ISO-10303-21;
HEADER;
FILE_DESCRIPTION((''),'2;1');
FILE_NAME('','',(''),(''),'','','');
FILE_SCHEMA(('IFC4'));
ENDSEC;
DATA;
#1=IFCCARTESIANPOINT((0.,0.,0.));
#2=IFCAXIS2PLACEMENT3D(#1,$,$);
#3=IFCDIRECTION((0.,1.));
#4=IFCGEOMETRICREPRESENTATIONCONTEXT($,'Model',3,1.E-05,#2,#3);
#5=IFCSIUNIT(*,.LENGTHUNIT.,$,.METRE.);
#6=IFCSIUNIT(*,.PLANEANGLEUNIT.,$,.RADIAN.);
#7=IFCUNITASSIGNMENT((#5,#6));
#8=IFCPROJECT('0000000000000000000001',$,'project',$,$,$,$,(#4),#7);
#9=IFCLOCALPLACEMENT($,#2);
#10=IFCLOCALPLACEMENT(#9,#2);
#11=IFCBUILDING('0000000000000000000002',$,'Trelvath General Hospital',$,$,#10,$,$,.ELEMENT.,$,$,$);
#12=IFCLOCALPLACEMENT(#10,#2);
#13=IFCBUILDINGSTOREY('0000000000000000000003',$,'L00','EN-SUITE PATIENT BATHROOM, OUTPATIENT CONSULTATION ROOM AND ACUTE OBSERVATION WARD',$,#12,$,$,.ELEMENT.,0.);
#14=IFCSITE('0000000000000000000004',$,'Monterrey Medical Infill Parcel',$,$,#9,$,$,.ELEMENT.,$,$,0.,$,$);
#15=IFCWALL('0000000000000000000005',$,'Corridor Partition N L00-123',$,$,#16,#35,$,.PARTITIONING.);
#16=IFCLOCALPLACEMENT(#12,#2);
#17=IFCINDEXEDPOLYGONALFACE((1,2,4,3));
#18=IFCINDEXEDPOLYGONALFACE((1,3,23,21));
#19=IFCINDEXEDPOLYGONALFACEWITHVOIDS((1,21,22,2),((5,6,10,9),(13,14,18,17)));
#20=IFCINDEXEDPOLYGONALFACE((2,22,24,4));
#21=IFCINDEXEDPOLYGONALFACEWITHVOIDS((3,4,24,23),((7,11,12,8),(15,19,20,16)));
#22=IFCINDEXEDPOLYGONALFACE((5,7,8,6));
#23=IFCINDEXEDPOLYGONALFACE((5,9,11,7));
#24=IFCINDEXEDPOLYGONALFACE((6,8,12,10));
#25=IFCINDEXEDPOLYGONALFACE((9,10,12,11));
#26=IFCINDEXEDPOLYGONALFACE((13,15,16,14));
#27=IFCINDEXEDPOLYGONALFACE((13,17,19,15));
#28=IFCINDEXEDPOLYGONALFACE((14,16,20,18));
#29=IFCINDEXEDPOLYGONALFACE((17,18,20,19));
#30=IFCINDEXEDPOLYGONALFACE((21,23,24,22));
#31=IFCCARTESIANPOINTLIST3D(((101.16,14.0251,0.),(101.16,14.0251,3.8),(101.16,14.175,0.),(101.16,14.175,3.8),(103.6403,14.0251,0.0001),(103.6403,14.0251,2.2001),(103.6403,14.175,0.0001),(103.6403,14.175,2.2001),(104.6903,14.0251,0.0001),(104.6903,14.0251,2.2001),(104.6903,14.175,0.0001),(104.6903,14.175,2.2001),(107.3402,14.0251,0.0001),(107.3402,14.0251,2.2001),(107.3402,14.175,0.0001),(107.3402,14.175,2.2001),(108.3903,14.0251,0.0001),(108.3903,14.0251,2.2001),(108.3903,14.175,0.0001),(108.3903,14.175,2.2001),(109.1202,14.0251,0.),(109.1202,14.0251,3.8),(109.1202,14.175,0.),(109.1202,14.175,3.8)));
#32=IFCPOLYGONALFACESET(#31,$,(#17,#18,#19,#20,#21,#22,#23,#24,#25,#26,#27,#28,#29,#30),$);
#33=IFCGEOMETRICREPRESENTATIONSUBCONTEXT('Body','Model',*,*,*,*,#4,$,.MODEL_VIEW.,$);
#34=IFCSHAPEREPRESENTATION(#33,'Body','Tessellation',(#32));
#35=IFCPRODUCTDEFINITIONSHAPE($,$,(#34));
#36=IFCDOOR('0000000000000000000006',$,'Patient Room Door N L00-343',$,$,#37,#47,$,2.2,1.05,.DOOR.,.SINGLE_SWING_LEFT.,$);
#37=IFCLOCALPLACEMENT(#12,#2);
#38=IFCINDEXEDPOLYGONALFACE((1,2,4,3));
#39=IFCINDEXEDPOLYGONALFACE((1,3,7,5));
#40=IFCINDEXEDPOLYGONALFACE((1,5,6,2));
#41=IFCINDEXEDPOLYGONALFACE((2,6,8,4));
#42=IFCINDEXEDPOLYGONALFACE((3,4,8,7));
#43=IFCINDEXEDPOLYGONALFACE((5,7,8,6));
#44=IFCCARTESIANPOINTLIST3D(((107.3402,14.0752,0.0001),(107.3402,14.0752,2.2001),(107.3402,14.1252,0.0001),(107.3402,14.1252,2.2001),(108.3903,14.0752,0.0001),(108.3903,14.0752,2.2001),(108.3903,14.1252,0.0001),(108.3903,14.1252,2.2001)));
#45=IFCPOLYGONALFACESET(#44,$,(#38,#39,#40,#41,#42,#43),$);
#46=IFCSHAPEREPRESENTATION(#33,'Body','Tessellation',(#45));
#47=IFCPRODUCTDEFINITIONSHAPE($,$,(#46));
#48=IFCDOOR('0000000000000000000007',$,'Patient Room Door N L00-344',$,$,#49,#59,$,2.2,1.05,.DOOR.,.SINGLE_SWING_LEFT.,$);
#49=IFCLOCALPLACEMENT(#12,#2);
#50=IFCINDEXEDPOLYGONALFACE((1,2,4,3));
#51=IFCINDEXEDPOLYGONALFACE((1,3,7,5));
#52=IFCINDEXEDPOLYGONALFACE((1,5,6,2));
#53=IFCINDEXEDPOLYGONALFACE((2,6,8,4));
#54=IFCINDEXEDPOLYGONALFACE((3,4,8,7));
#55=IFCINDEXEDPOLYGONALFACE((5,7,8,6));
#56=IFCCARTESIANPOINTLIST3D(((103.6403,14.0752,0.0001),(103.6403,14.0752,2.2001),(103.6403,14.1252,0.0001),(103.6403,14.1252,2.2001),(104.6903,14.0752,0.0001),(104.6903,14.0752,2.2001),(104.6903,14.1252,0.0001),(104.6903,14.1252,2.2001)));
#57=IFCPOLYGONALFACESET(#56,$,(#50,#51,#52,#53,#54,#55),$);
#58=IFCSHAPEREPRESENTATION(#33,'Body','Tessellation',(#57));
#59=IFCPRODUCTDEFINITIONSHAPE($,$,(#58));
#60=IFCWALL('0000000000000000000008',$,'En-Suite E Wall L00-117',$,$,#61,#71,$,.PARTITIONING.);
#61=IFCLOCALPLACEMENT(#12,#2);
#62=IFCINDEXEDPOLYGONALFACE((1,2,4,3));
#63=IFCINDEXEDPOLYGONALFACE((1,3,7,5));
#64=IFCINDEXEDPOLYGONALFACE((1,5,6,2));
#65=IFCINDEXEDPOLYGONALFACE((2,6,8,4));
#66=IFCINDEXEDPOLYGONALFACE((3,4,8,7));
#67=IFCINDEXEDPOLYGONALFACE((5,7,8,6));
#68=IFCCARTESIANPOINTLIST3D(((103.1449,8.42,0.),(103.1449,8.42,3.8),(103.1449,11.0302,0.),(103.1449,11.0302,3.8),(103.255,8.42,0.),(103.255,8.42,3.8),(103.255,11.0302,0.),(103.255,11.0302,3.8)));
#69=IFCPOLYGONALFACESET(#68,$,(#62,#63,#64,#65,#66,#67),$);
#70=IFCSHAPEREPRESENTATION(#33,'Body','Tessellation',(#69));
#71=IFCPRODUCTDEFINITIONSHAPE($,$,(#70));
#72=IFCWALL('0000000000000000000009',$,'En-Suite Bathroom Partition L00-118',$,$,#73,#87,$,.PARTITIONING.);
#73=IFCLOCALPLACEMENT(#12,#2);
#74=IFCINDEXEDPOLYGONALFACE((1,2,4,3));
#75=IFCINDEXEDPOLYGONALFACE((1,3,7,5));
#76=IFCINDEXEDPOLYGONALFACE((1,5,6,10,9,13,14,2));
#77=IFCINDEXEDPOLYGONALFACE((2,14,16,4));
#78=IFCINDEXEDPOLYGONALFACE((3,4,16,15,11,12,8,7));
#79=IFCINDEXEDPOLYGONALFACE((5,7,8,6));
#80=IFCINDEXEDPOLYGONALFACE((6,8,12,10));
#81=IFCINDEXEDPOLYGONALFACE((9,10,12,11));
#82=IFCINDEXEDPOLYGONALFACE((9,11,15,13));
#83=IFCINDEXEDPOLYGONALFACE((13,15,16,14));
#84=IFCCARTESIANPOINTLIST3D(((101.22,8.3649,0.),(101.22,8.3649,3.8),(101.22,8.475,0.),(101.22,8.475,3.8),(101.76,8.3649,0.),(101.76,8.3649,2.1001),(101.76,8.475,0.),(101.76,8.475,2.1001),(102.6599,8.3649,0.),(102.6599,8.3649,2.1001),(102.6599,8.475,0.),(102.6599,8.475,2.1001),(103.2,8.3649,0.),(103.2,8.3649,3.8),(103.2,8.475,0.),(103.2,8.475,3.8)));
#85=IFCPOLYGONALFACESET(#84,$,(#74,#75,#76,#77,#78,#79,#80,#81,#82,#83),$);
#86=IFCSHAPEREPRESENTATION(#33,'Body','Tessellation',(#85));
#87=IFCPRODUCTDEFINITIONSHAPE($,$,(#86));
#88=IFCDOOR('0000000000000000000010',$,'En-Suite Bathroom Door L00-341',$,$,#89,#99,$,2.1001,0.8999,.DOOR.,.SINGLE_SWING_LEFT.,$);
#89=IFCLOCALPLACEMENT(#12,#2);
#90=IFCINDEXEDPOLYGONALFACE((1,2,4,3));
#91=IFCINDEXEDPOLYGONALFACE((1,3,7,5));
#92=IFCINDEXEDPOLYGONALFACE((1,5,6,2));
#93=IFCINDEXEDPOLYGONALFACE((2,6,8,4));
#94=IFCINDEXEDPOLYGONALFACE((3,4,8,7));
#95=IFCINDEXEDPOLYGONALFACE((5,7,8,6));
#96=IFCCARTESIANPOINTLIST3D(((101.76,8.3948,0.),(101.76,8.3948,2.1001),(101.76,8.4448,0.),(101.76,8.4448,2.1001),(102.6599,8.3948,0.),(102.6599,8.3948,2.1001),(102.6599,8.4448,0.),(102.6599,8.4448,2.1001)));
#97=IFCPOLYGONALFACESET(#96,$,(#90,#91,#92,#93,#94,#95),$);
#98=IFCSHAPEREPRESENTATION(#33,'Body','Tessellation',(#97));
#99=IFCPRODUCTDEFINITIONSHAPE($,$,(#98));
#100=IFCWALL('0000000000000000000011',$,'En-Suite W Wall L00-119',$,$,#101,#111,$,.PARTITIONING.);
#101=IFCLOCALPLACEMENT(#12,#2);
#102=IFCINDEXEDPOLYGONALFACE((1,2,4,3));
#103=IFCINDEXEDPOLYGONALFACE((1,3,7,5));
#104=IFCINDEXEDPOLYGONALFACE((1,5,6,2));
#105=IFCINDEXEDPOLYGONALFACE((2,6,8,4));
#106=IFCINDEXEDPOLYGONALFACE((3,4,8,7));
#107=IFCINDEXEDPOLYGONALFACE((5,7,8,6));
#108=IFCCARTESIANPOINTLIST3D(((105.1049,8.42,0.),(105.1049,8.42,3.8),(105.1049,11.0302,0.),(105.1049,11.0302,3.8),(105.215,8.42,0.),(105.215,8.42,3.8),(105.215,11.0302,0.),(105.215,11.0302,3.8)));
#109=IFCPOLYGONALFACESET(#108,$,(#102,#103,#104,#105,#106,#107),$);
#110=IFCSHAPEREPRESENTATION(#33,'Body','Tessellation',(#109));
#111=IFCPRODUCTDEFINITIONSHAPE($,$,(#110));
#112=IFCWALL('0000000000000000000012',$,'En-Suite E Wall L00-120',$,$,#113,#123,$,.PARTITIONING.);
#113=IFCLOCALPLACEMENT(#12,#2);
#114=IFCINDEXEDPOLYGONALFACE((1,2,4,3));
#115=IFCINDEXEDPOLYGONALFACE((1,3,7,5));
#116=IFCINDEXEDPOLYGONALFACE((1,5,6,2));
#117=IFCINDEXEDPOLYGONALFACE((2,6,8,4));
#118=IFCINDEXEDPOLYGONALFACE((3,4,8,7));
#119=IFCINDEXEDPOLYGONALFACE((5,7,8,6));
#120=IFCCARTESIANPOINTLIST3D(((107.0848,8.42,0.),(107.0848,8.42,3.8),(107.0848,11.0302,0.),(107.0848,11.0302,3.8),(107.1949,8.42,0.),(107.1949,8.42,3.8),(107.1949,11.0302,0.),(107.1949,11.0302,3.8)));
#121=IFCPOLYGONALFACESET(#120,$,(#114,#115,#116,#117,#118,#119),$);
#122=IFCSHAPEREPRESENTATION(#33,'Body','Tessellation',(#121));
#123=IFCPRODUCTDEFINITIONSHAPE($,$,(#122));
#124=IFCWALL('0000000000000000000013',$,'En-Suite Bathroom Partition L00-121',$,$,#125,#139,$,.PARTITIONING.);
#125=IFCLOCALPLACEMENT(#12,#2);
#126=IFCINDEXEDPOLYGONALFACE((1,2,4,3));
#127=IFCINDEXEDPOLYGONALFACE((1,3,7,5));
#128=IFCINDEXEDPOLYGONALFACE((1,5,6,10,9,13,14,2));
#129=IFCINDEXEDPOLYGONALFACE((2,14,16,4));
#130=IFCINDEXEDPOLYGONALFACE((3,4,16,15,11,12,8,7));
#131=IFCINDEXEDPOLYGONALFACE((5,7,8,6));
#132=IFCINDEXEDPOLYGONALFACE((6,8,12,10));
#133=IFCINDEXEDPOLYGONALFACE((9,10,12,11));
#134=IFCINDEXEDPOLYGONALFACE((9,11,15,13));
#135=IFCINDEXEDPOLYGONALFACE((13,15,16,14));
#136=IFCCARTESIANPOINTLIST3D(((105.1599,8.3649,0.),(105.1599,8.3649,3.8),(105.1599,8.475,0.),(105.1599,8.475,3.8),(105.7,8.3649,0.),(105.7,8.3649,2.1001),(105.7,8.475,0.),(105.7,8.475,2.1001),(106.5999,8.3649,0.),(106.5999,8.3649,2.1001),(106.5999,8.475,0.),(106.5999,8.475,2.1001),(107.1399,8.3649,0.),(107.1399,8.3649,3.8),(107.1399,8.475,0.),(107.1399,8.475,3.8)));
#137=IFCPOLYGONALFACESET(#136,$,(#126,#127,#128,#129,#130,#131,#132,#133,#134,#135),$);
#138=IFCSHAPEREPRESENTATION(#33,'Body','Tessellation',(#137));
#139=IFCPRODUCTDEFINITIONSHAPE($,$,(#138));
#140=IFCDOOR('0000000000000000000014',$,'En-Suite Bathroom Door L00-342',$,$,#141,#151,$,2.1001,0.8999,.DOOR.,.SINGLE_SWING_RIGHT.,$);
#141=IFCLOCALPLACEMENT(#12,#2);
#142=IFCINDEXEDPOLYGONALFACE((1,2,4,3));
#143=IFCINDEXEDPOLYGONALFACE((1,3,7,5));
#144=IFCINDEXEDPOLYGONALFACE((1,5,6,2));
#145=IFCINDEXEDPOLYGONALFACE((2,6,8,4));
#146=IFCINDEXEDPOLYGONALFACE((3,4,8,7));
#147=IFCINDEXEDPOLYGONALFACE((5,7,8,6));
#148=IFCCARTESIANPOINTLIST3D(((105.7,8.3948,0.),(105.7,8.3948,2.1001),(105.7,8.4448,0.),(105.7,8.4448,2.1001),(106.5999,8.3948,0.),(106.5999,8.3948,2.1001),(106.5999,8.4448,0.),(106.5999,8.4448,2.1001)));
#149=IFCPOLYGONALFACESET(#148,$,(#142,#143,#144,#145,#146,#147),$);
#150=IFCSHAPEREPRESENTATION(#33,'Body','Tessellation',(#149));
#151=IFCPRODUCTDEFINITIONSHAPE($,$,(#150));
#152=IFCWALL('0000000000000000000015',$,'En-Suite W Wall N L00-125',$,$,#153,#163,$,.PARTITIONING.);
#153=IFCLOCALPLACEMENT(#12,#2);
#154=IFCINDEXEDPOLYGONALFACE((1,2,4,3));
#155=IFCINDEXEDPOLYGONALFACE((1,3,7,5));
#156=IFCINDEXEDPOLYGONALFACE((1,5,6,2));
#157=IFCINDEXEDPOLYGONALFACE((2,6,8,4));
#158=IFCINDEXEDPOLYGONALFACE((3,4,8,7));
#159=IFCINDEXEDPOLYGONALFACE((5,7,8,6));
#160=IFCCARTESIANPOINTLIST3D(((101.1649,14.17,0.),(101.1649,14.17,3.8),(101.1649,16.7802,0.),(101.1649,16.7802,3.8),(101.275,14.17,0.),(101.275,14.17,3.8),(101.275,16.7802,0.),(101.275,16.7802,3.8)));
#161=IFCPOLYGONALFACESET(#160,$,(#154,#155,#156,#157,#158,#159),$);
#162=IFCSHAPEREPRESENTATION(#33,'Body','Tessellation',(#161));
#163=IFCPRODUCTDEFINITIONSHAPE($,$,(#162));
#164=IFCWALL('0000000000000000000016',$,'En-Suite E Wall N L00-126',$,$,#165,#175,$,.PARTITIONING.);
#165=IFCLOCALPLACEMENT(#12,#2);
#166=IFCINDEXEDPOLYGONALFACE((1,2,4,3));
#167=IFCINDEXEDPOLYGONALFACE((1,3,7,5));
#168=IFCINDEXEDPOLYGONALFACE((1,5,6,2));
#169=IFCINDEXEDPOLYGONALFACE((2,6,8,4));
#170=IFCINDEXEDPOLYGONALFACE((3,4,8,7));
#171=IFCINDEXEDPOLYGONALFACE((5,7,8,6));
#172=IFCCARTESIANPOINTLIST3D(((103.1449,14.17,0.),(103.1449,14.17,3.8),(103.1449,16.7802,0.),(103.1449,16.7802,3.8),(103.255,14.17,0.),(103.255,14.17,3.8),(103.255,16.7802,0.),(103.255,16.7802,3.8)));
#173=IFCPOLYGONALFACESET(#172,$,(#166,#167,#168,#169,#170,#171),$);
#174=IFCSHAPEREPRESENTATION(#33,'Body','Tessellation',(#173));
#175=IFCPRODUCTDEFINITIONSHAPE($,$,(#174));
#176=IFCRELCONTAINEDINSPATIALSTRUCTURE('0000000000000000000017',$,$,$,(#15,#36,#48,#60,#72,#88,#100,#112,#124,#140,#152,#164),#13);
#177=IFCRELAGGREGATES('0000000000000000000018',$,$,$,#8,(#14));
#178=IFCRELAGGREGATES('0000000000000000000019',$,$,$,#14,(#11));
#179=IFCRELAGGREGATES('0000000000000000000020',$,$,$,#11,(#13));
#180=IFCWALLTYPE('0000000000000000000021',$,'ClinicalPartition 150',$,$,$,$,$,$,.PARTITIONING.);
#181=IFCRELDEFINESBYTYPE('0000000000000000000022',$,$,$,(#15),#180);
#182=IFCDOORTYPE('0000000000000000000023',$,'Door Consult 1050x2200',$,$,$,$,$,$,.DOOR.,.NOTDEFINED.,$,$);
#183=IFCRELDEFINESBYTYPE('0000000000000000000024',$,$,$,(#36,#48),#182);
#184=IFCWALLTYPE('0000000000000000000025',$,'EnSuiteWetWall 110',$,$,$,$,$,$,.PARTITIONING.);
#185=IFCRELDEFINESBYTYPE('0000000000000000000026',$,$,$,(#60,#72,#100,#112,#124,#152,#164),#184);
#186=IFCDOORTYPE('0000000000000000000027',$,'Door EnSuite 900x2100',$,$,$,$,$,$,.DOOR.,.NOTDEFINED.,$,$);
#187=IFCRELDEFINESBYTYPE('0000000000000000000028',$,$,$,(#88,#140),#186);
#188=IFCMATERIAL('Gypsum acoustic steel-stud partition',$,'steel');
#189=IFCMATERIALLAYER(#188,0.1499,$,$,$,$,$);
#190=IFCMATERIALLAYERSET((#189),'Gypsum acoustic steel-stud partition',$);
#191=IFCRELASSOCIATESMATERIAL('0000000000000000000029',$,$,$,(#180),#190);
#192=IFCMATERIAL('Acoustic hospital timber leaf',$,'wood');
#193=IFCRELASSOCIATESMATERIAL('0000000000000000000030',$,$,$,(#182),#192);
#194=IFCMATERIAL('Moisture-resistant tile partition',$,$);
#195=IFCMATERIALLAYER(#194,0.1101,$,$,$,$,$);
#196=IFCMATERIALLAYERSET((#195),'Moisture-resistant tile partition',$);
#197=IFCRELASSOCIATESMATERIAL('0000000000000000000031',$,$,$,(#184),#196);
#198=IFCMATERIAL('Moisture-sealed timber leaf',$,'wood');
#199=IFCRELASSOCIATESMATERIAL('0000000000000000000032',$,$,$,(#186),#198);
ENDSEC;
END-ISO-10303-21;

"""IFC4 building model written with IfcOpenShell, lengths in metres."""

from ifc_helpers import new_model, si_unit, direction, frame, frame_2d, origin, place, context, subcontext, project, spatial, rectangle, extrude, material, layer, layer_set, type_object, element, fill, save


model = new_model("IFC4")

# Units and contexts
model_context = context("Model", 3, precision=1e-05, world=origin(), true_north=direction((0.0, 1.0)))
body_context = subcontext(model_context, "Body", "Model", "MODEL_VIEW")
ifc_project = project(units=[si_unit("LENGTHUNIT", "METRE"), si_unit("PLANEANGLEUNIT", "RADIAN")], contexts=[model_context])

# Site, building, storey
site_placement = place(None, origin())
site = spatial("IfcSite", under=ifc_project, at=site_placement, Name="Monterrey Medical Infill Parcel", CompositionType="ELEMENT", RefElevation=0.0)
building_placement = place(site_placement, origin())
building = spatial("IfcBuilding", under=site, at=building_placement, Name="Trelvath General Hospital", CompositionType="ELEMENT")
storey_placement = place(building_placement, origin())
storey = spatial("IfcBuildingStorey", under=building, at=storey_placement, Name="L00", Description="EN-SUITE PATIENT BATHROOM, OUTPATIENT CONSULTATION ROOM AND ACUTE OBSERVATION WARD", CompositionType="ELEMENT", Elevation=0.0)

# Wall, openings, doors
ifc_material_1 = material(Name="Gypsum acoustic steel-stud partition", Category="steel")
ifc_layer_1 = layer(ifc_material_1, 0.1499)
ifc_layer_set_1 = layer_set([ifc_layer_1], Name="Gypsum acoustic steel-stud partition")
wall_type_1 = type_object("IfcWallType", Name="ClinicalPartition 150", PredefinedType="PARTITIONING", material=ifc_layer_set_1)
wall_1_placement = place(storey_placement, frame((109.1201, 14.1001, 0.0), z_axis=(0.0, 0.0, 1.0), x_axis=(-1.0, 0.0, 0.0)))
wall_1 = element("IfcWall", 1, at=wall_1_placement, inside=storey, type_object=wall_type_1, Name="Corridor Partition N L00-123", PredefinedType="PARTITIONING", context=body_context, shape_type="SweptSolid", body=[
    extrude(rectangle(XDim=7.9602, YDim=0.1499, at=frame_2d((3.98, 0.0))), origin(), (0.0, 0.0, 1.0), 3.8),
])
opening_1_placement = place(wall_1_placement, frame((0.73, 0.0, 0.0)))
opening_1 = element("IfcOpeningElement", 2, at=opening_1_placement, cuts=wall_1, PredefinedType="OPENING", context=body_context, shape_type="SweptSolid", body=[
    extrude(rectangle(XDim=1.05, YDim=2.2, at=frame_2d((0.5249, 1.1001))), frame((0.0, 0.085, 0.0), z_axis=(0.0, -1.0, 0.0), x_axis=(1.0, 0.0, 0.0)), (0.0, 0.0, 1.0), 0.1699),
])
opening_2_placement = place(wall_1_placement, frame((4.4299, 0.0, 0.0)))
opening_2 = element("IfcOpeningElement", 3, at=opening_2_placement, cuts=wall_1, PredefinedType="OPENING", context=body_context, shape_type="SweptSolid", body=[
    extrude(rectangle(XDim=1.05, YDim=2.2, at=frame_2d((0.5249, 1.1001))), frame((0.0, 0.085, 0.0), z_axis=(0.0, -1.0, 0.0), x_axis=(1.0, 0.0, 0.0)), (0.0, 0.0, 1.0), 0.1699),
])
ifc_material_2 = material(Name="Acoustic hospital timber leaf", Category="wood")
door_type_1 = type_object("IfcDoorType", Name="Door Consult 1050x2200", OperationType="NOTDEFINED", PredefinedType="DOOR", material=ifc_material_2)
door_1_placement = place(opening_1_placement, origin())
door_1 = element("IfcDoor", 4, at=door_1_placement, inside=storey, type_object=door_type_1, Name="Patient Room Door N L00-343", OperationType="SINGLE_SWING_LEFT", OverallHeight=2.2, OverallWidth=1.05, PredefinedType="DOOR", context=body_context, shape_type="SweptSolid", body=[
    extrude(rectangle(XDim=1.05, YDim=2.2, at=frame_2d((0.5249, 1.1001))), frame((0.0, 0.0249, 0.0), z_axis=(0.0, -1.0, 0.0), x_axis=(1.0, 0.0, 0.0)), (0.0, 0.0, 1.0), 0.05),
])
fill(opening_1, door_1)
door_2_placement = place(opening_2_placement, origin())
door_2 = element("IfcDoor", 5, at=door_2_placement, inside=storey, type_object=door_type_1, Name="Patient Room Door N L00-344", OperationType="SINGLE_SWING_LEFT", OverallHeight=2.2, OverallWidth=1.05, PredefinedType="DOOR", context=body_context, shape_type="SweptSolid", body=[
    extrude(rectangle(XDim=1.05, YDim=2.2, at=frame_2d((0.5249, 1.1001))), frame((0.0, 0.0249, 0.0), z_axis=(0.0, -1.0, 0.0), x_axis=(1.0, 0.0, 0.0)), (0.0, 0.0, 1.0), 0.05),
])
fill(opening_2, door_2)

# Wall
ifc_material_3 = material(Name="Moisture-resistant tile partition")
ifc_layer_2 = layer(ifc_material_3, 0.1101)
ifc_layer_set_2 = layer_set([ifc_layer_2], Name="Moisture-resistant tile partition")
wall_type_2 = type_object("IfcWallType", Name="EnSuiteWetWall 110", PredefinedType="PARTITIONING", material=ifc_layer_set_2)
wall_2_placement = place(storey_placement, frame((103.2, 8.4199, 0.0), z_axis=(0.0, 0.0, 1.0), x_axis=(0.0, 1.0, 0.0)))
element("IfcWall", 6, at=wall_2_placement, inside=storey, type_object=wall_type_2, Name="En-Suite E Wall L00-117", PredefinedType="PARTITIONING", context=body_context, shape_type="SweptSolid", body=[
    extrude(rectangle(XDim=2.6101, YDim=0.1101, at=frame_2d((1.3052, 0.0))), origin(), (0.0, 0.0, 1.0), 3.8),
])

# Wall, opening, door
wall_3_placement = place(storey_placement, frame((101.22, 8.4199, 0.0), z_axis=(0.0, 0.0, 1.0), x_axis=(1.0, 0.0, 0.0)))
wall_3 = element("IfcWall", 7, at=wall_3_placement, inside=storey, type_object=wall_type_2, Name="En-Suite Bathroom Partition L00-118", PredefinedType="PARTITIONING", context=body_context, shape_type="SweptSolid", body=[
    extrude(rectangle(XDim=1.98, YDim=0.1101, at=frame_2d((0.99, 0.0))), origin(), (0.0, 0.0, 1.0), 3.8),
])
opening_3_placement = place(wall_3_placement, frame((0.54, 0.0, 0.0)))
opening_3 = element("IfcOpeningElement", 8, at=opening_3_placement, cuts=wall_3, PredefinedType="OPENING", context=body_context, shape_type="SweptSolid", body=[
    extrude(rectangle(XDim=0.8999, YDim=2.1001, at=frame_2d((0.45, 1.05))), frame((0.0, 0.0649, 0.0), z_axis=(0.0, -1.0, 0.0), x_axis=(1.0, 0.0, 0.0)), (0.0, 0.0, 1.0), 0.1301),
])
ifc_material_4 = material(Name="Moisture-sealed timber leaf", Category="wood")
door_type_2 = type_object("IfcDoorType", Name="Door EnSuite 900x2100", OperationType="NOTDEFINED", PredefinedType="DOOR", material=ifc_material_4)
door_3_placement = place(opening_3_placement, origin())
door_3 = element("IfcDoor", 9, at=door_3_placement, inside=storey, type_object=door_type_2, Name="En-Suite Bathroom Door L00-341", OperationType="SINGLE_SWING_LEFT", OverallHeight=2.1001, OverallWidth=0.8999, PredefinedType="DOOR", context=body_context, shape_type="SweptSolid", body=[
    extrude(rectangle(XDim=0.8999, YDim=2.1001, at=frame_2d((0.45, 1.05))), frame((0.0, 0.0249, 0.0), z_axis=(0.0, -1.0, 0.0), x_axis=(1.0, 0.0, 0.0)), (0.0, 0.0, 1.0), 0.05),
])
fill(opening_3, door_3)

# Walls
for number, where, z_axis, x_axis, name in (
    (10, (105.1599, 8.4199, 0.0), (0.0, 0.0, 1.0), (0.0, 1.0, 0.0), "En-Suite W Wall L00-119"),
    (11, (107.1399, 8.4199, 0.0), (0.0, 0.0, 1.0), (0.0, 1.0, 0.0), "En-Suite E Wall L00-120"),
):
    element("IfcWall", number, at=place(storey_placement, frame(where, z_axis=z_axis, x_axis=x_axis)), inside=storey, type_object=wall_type_2, Name=name, PredefinedType="PARTITIONING", context=body_context, shape_type="SweptSolid", body=[
        extrude(rectangle(XDim=2.6101, YDim=0.1101, at=frame_2d((1.3052, 0.0))), origin(), (0.0, 0.0, 1.0), 3.8),
    ])

# Wall, opening, door
wall_4_placement = place(storey_placement, frame((105.1599, 8.4199, 0.0), z_axis=(0.0, 0.0, 1.0), x_axis=(1.0, 0.0, 0.0)))
wall_4 = element("IfcWall", 12, at=wall_4_placement, inside=storey, type_object=wall_type_2, Name="En-Suite Bathroom Partition L00-121", PredefinedType="PARTITIONING", context=body_context, shape_type="SweptSolid", body=[
    extrude(rectangle(XDim=1.98, YDim=0.1101, at=frame_2d((0.99, 0.0))), origin(), (0.0, 0.0, 1.0), 3.8),
])
opening_4_placement = place(wall_4_placement, frame((0.54, 0.0, 0.0)))
opening_4 = element("IfcOpeningElement", 13, at=opening_4_placement, cuts=wall_4, PredefinedType="OPENING", context=body_context, shape_type="SweptSolid", body=[
    extrude(rectangle(XDim=0.8999, YDim=2.1001, at=frame_2d((0.45, 1.05))), frame((0.0, 0.0649, 0.0), z_axis=(0.0, -1.0, 0.0), x_axis=(1.0, 0.0, 0.0)), (0.0, 0.0, 1.0), 0.1301),
])
door_4_placement = place(opening_4_placement, origin())
door_4 = element("IfcDoor", 14, at=door_4_placement, inside=storey, type_object=door_type_2, Name="En-Suite Bathroom Door L00-342", OperationType="SINGLE_SWING_RIGHT", OverallHeight=2.1001, OverallWidth=0.8999, PredefinedType="DOOR", context=body_context, shape_type="SweptSolid", body=[
    extrude(rectangle(XDim=0.8999, YDim=2.1001, at=frame_2d((0.45, 1.05))), frame((0.0, 0.0249, 0.0), z_axis=(0.0, -1.0, 0.0), x_axis=(1.0, 0.0, 0.0)), (0.0, 0.0, 1.0), 0.05),
])
fill(opening_4, door_4)

# Walls
for number, where, z_axis, x_axis, name in (
    (15, (101.22, 14.1699, 0.0), (0.0, 0.0, 1.0), (0.0, 1.0, 0.0), "En-Suite W Wall N L00-125"),
    (16, (103.2, 14.1699, 0.0), (0.0, 0.0, 1.0), (0.0, 1.0, 0.0), "En-Suite E Wall N L00-126"),
):
    element("IfcWall", number, at=place(storey_placement, frame(where, z_axis=z_axis, x_axis=x_axis)), inside=storey, type_object=wall_type_2, Name=name, PredefinedType="PARTITIONING", context=body_context, shape_type="SweptSolid", body=[
        extrude(rectangle(XDim=2.6101, YDim=0.1101, at=frame_2d((1.3052, 0.0))), origin(), (0.0, 0.0, 1.0), 3.8),
    ])

save(model, "model.ifc")
